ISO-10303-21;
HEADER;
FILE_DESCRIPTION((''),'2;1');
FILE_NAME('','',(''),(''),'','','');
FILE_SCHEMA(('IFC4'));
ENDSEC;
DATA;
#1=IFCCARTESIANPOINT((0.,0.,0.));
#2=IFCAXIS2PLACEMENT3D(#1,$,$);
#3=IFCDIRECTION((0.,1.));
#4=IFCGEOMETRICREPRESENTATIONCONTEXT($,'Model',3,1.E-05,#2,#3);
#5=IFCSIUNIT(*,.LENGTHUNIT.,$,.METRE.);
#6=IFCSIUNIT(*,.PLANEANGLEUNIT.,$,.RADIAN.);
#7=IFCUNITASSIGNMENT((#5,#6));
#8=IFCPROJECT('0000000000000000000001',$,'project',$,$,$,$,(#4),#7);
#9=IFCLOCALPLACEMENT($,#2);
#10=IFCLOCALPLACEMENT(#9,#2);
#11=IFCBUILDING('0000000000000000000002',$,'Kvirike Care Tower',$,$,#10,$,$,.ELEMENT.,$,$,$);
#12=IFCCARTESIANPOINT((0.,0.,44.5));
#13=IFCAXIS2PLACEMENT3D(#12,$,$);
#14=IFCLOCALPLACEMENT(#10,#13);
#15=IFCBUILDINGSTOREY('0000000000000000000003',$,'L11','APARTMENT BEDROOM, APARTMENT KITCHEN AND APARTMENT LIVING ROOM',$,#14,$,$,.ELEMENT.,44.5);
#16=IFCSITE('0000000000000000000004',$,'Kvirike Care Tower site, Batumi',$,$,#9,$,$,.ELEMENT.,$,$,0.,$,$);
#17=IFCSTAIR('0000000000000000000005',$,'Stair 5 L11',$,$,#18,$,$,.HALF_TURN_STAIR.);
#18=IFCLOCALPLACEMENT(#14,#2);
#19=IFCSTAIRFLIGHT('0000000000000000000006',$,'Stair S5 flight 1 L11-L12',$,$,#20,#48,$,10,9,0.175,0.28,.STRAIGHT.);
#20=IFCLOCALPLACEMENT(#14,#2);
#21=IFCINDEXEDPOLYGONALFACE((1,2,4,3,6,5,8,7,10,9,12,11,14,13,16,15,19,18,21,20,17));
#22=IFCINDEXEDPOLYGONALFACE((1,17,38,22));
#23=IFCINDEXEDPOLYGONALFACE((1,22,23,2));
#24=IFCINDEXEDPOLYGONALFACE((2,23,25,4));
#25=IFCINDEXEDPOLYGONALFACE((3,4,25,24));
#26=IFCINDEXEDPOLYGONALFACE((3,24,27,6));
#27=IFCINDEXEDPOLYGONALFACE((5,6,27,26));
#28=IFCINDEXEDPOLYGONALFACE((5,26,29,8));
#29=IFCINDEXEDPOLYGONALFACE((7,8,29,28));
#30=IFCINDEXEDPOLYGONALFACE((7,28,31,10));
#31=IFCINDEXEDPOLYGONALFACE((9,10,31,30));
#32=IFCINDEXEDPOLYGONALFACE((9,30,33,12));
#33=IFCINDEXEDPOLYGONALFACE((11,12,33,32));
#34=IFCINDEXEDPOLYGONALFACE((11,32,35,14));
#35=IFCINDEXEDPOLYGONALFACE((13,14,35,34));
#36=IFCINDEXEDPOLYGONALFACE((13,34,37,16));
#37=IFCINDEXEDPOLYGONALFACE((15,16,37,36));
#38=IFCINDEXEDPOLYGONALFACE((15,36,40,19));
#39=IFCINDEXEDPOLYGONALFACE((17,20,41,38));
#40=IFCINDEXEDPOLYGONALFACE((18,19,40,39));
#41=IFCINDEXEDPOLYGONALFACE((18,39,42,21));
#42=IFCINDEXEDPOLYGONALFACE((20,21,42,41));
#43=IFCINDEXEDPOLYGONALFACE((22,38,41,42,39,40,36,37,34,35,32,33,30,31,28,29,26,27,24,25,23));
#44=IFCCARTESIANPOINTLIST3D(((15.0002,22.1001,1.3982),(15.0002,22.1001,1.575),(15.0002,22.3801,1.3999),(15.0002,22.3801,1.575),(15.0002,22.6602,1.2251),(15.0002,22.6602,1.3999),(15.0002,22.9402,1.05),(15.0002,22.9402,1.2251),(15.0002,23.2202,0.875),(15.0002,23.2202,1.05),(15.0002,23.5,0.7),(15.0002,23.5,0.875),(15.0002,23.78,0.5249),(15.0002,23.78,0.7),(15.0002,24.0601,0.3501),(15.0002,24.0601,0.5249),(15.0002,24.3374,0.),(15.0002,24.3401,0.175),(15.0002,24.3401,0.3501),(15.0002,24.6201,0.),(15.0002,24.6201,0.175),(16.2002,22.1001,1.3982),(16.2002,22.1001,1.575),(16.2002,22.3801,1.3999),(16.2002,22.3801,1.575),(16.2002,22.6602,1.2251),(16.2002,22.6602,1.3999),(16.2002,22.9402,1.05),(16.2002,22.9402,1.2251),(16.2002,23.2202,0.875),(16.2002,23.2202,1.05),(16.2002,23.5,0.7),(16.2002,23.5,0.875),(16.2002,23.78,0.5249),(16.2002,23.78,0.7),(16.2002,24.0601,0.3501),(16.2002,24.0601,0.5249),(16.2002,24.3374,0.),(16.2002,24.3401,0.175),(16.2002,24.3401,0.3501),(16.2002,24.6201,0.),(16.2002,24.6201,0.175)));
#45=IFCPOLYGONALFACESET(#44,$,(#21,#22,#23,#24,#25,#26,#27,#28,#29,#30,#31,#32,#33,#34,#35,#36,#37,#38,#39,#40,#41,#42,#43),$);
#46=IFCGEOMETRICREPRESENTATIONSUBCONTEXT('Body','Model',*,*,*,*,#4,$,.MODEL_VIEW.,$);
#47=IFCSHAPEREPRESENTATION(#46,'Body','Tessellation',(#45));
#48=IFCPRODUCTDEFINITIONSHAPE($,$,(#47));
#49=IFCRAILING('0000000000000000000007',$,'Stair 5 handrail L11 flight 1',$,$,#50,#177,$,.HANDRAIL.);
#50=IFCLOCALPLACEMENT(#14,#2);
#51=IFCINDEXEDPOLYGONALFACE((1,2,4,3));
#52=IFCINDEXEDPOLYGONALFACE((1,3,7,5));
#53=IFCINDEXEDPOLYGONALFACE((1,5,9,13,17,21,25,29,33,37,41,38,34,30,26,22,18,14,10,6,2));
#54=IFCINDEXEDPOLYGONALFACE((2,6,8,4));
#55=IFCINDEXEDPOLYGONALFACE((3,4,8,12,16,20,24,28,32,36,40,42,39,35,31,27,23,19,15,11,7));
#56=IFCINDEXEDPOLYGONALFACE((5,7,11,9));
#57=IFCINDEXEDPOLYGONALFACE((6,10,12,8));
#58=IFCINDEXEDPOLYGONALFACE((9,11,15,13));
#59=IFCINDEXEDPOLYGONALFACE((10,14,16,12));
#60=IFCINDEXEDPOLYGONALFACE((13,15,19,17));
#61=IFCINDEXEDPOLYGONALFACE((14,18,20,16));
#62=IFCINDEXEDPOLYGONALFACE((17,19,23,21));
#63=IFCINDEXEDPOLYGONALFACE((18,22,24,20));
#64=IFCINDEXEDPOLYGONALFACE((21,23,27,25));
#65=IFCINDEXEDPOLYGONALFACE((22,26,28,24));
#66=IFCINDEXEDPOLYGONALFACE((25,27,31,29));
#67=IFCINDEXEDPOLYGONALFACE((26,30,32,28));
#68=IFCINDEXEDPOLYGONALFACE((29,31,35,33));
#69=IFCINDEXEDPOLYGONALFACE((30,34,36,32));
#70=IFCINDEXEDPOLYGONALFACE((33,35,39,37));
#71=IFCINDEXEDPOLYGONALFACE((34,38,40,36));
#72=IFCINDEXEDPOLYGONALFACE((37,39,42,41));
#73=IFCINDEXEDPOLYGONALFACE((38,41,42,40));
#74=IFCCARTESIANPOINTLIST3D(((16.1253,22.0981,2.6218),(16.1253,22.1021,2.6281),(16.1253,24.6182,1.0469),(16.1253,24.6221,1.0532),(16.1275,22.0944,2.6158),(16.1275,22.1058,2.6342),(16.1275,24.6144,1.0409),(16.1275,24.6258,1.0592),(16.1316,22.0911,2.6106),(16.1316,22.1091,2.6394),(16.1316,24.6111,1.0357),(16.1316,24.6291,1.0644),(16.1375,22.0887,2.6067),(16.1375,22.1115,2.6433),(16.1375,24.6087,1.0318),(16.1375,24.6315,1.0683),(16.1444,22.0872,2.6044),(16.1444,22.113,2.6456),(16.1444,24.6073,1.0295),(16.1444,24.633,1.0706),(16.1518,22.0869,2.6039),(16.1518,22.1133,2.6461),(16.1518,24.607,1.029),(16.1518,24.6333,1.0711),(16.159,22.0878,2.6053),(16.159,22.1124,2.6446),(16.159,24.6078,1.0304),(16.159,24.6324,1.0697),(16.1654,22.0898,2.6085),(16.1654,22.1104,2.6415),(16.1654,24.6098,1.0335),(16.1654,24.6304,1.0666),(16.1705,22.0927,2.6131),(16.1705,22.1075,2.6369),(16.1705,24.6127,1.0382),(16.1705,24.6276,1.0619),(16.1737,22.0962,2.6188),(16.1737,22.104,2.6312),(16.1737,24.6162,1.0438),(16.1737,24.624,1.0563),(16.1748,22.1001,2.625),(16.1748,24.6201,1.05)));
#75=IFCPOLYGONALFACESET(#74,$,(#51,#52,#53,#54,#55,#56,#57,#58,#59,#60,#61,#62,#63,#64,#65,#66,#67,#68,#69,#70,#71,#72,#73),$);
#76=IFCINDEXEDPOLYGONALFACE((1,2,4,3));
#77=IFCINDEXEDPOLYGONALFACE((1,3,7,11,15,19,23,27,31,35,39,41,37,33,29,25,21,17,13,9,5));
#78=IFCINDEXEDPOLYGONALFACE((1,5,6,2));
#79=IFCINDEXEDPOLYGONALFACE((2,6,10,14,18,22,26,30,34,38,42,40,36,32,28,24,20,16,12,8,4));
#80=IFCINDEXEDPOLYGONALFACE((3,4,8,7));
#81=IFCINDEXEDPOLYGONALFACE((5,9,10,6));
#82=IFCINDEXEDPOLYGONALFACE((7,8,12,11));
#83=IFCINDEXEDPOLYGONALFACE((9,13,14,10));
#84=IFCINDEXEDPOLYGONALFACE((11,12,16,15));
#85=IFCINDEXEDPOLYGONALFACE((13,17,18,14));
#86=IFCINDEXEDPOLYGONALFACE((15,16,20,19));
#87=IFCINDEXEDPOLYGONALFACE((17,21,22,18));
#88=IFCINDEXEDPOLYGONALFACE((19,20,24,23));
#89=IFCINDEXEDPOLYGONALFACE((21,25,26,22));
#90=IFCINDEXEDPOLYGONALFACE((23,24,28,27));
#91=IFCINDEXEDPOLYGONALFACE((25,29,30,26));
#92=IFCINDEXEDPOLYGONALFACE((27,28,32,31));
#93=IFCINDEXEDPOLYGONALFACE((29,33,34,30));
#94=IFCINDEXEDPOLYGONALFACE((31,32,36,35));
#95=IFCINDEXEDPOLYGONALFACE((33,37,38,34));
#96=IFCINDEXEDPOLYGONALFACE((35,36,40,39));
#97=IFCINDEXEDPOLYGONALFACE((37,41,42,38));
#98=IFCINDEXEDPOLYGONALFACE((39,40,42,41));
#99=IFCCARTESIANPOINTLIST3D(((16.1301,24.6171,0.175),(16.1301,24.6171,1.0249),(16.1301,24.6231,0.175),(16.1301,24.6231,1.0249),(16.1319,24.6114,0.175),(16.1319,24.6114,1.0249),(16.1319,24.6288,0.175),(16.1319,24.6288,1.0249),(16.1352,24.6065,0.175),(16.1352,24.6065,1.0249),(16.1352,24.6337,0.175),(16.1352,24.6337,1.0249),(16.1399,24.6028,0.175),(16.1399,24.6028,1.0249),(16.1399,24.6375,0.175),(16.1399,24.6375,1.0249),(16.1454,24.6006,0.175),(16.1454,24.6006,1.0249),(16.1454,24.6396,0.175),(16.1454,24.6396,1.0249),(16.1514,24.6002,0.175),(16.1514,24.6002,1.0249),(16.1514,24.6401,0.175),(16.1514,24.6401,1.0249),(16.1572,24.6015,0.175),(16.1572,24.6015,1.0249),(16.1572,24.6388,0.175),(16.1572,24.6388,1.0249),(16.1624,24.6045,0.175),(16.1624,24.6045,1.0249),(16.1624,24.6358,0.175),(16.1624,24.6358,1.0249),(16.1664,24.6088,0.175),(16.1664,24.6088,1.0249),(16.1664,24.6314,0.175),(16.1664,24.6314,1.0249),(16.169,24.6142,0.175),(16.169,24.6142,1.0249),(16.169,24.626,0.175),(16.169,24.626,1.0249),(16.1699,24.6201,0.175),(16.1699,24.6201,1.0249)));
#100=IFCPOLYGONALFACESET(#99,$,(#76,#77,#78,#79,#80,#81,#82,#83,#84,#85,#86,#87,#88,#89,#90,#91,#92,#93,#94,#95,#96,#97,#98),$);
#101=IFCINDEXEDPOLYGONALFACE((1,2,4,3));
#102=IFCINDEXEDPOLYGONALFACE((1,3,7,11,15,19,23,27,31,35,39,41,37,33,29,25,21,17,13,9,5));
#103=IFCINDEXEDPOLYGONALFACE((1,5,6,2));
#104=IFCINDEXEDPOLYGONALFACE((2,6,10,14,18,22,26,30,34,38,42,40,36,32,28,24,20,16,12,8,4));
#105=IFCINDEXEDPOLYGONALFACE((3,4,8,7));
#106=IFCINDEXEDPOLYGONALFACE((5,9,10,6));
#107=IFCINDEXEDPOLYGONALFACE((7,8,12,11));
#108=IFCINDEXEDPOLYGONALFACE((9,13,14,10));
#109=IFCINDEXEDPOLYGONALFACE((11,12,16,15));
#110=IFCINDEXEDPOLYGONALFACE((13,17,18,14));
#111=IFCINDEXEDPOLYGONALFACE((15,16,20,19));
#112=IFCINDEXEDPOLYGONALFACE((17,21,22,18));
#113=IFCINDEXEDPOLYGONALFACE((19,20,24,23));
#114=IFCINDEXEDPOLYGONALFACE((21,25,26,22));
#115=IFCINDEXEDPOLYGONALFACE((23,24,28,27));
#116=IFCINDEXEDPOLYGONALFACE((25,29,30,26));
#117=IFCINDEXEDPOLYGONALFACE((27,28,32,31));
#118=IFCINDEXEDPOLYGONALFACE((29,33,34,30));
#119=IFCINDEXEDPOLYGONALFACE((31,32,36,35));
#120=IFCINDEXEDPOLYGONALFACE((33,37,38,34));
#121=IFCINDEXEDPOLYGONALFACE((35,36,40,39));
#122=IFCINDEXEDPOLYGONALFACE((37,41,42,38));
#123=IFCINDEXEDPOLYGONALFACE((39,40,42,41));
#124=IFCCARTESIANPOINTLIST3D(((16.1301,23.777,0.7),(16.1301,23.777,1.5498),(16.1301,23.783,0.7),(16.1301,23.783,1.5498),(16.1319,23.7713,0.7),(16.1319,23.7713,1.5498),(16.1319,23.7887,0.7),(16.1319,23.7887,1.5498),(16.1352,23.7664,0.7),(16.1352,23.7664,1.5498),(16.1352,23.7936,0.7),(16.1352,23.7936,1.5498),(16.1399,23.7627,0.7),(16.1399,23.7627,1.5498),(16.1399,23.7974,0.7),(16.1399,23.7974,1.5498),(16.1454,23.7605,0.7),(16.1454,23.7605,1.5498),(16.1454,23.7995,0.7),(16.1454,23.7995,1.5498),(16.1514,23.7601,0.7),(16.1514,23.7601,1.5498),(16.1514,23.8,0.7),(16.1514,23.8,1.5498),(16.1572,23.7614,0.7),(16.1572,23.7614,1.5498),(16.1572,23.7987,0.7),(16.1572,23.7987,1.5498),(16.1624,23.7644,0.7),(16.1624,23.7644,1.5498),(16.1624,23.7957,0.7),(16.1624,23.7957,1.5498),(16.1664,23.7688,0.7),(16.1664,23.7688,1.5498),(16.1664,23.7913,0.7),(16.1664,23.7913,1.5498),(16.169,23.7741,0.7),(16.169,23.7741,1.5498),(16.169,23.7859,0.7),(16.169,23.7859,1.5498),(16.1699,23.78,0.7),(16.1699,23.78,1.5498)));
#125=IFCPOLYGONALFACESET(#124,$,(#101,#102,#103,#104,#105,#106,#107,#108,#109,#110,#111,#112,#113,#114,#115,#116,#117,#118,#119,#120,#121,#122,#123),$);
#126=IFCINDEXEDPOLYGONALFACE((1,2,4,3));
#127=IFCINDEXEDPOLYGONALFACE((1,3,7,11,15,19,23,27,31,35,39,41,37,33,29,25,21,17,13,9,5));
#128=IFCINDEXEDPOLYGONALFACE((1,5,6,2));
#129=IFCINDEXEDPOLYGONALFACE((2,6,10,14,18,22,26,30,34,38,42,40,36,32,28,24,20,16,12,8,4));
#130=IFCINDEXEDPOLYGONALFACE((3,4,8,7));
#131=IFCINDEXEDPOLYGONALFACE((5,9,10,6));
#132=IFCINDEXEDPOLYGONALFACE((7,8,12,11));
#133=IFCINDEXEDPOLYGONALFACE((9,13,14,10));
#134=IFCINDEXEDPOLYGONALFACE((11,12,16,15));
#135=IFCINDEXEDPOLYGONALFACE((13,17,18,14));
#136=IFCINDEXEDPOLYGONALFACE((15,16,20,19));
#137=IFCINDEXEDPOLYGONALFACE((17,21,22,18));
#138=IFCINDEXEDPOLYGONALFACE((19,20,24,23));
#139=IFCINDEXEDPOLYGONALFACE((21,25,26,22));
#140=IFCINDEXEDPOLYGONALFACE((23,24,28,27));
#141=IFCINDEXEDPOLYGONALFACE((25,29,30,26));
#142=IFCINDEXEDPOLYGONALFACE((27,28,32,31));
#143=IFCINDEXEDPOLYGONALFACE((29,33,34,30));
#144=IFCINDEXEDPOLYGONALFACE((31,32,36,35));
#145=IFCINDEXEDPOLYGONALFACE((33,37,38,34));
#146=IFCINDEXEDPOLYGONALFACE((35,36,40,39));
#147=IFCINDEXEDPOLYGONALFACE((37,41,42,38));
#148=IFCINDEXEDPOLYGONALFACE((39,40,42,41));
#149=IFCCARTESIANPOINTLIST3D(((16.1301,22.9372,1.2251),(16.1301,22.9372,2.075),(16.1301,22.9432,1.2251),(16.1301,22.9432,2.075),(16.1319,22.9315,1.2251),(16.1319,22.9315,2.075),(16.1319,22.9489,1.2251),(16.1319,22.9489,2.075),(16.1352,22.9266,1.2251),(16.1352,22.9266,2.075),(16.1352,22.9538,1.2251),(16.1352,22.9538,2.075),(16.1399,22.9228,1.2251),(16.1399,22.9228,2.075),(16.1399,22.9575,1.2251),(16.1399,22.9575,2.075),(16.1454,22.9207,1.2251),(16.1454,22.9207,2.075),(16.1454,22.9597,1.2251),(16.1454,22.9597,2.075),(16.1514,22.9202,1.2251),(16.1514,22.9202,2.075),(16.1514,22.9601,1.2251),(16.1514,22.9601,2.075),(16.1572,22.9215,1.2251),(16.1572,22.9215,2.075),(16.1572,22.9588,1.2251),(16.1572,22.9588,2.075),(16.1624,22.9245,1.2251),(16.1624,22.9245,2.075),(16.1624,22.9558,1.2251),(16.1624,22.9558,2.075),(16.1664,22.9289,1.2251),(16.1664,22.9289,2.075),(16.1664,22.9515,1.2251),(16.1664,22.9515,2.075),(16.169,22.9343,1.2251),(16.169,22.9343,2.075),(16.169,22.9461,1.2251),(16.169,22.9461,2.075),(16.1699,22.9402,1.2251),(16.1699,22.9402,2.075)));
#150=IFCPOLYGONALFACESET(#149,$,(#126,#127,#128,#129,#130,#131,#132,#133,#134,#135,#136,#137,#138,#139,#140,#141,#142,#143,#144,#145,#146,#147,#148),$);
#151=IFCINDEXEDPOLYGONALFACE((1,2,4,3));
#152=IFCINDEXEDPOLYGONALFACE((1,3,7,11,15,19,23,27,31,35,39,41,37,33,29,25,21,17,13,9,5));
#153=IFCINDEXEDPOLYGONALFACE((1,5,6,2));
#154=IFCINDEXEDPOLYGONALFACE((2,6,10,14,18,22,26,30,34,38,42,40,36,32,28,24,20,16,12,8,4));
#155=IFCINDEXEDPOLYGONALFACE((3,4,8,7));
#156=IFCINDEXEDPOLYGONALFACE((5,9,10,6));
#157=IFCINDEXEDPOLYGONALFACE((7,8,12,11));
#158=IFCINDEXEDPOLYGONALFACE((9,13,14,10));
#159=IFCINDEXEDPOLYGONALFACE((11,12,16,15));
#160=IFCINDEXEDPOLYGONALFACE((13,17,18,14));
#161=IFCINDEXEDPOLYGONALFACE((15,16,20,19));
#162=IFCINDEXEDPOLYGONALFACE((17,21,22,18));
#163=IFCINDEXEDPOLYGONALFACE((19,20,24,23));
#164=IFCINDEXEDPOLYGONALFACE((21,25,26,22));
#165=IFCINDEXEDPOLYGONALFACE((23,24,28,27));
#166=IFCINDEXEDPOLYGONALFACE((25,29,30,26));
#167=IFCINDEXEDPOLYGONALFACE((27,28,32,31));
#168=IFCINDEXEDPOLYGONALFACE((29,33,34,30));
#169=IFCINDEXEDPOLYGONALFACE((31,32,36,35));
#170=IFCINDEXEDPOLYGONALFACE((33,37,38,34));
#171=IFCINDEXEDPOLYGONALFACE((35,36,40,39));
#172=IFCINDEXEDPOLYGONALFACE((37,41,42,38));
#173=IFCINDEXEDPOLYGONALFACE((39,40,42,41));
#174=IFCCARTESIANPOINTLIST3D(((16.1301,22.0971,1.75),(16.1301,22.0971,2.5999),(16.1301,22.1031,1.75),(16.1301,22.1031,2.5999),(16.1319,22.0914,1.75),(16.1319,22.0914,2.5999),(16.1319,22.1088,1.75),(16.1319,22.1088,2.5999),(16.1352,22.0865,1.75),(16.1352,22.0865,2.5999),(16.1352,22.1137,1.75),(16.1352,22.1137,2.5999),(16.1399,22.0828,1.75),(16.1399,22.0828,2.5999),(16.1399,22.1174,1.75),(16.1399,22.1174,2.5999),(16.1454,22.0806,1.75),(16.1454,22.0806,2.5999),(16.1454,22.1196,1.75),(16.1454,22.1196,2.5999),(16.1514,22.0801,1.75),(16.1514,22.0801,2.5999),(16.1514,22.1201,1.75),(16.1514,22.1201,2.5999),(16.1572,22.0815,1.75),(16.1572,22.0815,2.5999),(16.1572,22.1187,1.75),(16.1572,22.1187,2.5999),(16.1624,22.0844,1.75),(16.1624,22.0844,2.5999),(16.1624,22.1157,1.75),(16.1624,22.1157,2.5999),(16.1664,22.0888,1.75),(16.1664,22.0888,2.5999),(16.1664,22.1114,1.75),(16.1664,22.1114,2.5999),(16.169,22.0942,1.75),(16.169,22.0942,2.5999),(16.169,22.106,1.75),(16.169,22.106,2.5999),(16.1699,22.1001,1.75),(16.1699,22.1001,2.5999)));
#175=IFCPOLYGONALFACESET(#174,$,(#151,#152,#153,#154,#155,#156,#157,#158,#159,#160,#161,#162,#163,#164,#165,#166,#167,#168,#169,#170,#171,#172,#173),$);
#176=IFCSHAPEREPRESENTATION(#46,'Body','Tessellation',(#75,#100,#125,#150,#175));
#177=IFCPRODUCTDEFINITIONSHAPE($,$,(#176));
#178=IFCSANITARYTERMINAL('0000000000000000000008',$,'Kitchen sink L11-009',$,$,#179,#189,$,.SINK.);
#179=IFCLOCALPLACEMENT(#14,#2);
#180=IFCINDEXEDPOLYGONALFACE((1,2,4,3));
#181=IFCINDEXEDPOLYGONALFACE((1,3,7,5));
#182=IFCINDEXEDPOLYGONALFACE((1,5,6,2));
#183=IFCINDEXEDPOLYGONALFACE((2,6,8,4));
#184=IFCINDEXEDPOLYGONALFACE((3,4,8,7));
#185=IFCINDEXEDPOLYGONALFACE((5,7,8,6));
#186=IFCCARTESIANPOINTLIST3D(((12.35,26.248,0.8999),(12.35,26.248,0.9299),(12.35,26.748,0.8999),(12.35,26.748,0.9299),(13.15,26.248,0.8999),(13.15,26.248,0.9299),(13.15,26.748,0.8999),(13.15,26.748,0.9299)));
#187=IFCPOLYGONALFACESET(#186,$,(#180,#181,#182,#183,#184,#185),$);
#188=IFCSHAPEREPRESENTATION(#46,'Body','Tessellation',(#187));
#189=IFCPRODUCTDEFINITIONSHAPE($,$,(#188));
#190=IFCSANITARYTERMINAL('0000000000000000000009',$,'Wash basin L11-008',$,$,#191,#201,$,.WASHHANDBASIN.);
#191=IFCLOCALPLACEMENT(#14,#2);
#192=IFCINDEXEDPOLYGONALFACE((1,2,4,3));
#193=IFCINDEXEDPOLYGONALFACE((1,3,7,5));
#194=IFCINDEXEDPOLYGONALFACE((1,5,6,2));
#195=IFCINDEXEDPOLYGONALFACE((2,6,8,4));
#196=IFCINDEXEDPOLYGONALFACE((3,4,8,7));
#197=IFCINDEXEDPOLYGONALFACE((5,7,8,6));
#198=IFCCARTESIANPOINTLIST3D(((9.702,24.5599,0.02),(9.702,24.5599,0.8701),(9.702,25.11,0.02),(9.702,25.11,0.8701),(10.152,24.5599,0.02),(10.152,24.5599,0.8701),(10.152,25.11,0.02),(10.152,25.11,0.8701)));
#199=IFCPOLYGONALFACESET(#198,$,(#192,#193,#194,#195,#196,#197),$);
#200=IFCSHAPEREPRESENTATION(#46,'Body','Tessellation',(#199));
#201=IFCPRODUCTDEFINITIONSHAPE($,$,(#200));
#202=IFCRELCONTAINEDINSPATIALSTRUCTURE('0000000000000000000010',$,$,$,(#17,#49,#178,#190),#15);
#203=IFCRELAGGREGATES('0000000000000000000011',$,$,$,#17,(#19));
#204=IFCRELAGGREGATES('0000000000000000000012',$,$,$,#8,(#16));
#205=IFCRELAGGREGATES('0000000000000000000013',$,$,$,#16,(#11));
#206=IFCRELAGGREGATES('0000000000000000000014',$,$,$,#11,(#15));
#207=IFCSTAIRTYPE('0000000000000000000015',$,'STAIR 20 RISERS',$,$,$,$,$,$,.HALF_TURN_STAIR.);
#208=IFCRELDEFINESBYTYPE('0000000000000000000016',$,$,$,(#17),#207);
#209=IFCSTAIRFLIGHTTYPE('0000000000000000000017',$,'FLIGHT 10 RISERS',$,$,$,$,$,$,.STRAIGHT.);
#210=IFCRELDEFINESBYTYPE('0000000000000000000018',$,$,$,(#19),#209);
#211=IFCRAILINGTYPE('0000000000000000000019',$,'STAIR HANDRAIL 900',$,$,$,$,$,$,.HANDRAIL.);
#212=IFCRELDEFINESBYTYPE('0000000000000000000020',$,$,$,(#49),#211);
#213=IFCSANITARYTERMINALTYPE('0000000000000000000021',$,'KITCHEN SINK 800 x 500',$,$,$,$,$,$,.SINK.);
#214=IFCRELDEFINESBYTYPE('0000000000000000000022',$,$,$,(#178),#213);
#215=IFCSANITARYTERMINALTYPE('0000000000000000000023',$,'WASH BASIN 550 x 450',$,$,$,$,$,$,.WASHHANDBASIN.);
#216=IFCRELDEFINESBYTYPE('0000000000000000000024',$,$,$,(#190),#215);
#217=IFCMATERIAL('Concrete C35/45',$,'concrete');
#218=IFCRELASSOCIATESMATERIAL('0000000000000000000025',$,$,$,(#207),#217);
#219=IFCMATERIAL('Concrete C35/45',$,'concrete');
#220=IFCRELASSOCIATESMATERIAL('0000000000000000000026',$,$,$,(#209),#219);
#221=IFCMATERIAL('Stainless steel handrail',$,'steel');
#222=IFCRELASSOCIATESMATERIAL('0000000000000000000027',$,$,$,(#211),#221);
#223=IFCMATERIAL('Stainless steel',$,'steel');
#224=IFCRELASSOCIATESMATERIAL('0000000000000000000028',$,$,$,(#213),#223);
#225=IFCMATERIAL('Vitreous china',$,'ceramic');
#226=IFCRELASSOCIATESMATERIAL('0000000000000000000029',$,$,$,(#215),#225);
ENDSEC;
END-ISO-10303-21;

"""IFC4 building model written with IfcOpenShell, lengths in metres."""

from ifc_helpers import new_model, si_unit, direction, frame, origin, origin_2d, place, context, subcontext, project, spatial, polyline, rectangle, circle, outline, extrude, material, type_object, element, aggregate, save


model = new_model("IFC4")

# Units and contexts
model_context = context("Model", 3, precision=1e-05, world=origin(), true_north=direction((0.0, 1.0)))
body_context = subcontext(model_context, "Body", "Model", "MODEL_VIEW")
ifc_project = project(units=[si_unit("LENGTHUNIT", "METRE"), si_unit("PLANEANGLEUNIT", "RADIAN")], contexts=[model_context])

# Site, building, storey
site_placement = place(None, origin())
site = spatial("IfcSite", under=ifc_project, at=site_placement, Name="Kvirike Care Tower site, Batumi", CompositionType="ELEMENT", RefElevation=0.0)
building_placement = place(site_placement, origin())
building = spatial("IfcBuilding", under=site, at=building_placement, Name="Kvirike Care Tower", CompositionType="ELEMENT")
storey_placement = place(building_placement, frame((0.0, 0.0, 44.5)))
storey = spatial("IfcBuildingStorey", under=building, at=storey_placement, Name="L11", Description="APARTMENT BEDROOM, APARTMENT KITCHEN AND APARTMENT LIVING ROOM", CompositionType="ELEMENT", Elevation=44.5)

# Stair, stair flight
ifc_material_1 = material(Name="Concrete C35/45", Category="concrete")
stair_type = type_object("IfcStairType", Name="STAIR 20 RISERS", PredefinedType="HALF_TURN_STAIR", material=ifc_material_1)
stair_placement = place(storey_placement, origin())
stair = element("IfcStair", 1, at=stair_placement, inside=storey, type_object=stair_type, Name="Stair 5 L11", PredefinedType="HALF_TURN_STAIR")
ifc_material_2 = material(Name="Concrete C35/45", Category="concrete")
stair_flight_type = type_object("IfcStairFlightType", Name="FLIGHT 10 RISERS", PredefinedType="STRAIGHT", material=ifc_material_2)
stair_flight_placement = place(storey_placement, frame((15.6001, 24.6201, 0.0), z_axis=(0.0, 0.0, 1.0), x_axis=(0.0, -1.0, 0.0)))
stair_flight = element("IfcStairFlight", 2, at=stair_flight_placement, type_object=stair_flight_type, Name="Stair S5 flight 1 L11-L12", NumberOfRisers=10, NumberOfTreads=9, PredefinedType="STRAIGHT", RiserHeight=0.175, TreadLength=0.28, context=body_context, shape_type="SweptSolid", body=[
    extrude(outline(polyline([(0.0, 0.0), (0.0, 0.175), (0.28, 0.175), (0.28, 0.3501), (0.5601, 0.3501), (0.5601, 0.5249), (0.8401, 0.5249), (0.8401, 0.7), (1.1201, 0.7), (1.1201, 0.875), (1.3999, 0.875), (1.3999, 1.05), (1.6799, 1.05), (1.6799, 1.2251), (1.96, 1.2251), (1.96, 1.3999), (2.24, 1.3999), (2.24, 1.575), (2.52, 1.575), (2.52, 1.75), (2.52, 1.3982), (0.2827, 0.0), (0.0, 0.0)])), frame((0.0, 0.6001, 0.0), z_axis=(0.0, -1.0, 0.0), x_axis=(1.0, 0.0, 0.0)), (0.0, 0.0, 1.0), 1.2),
])
aggregate(stair, [stair_flight])

# Railing
ifc_material_3 = material(Name="Stainless steel handrail", Category="steel")
railing_type = type_object("IfcRailingType", Name="STAIR HANDRAIL 900", PredefinedType="HANDRAIL", material=ifc_material_3)
railing_placement = place(storey_placement, frame((16.1499, 24.6201, 0.175)))
element("IfcRailing", 3, at=railing_placement, inside=storey, type_object=railing_type, Name="Stair 5 handrail L11 flight 1", PredefinedType="HANDRAIL", context=body_context, shape_type="SweptSolid", body=[
    extrude(circle(Radius=0.0249, at=origin_2d()), frame((0.0, 0.0, 0.875), z_axis=(0.0, -0.848008, 0.529984), x_axis=(1.0, 0.0, 0.0)), (0.0, 0.0, 1.0), 2.9717),
    extrude(circle(Radius=0.02, at=origin_2d()), origin(), (0.0, 0.0, 1.0), 0.8499),
    extrude(circle(Radius=0.02, at=origin_2d()), frame((0.0, -0.8401, 0.5249)), (0.0, 0.0, 1.0), 0.8499),
    extrude(circle(Radius=0.02, at=origin_2d()), frame((0.0, -1.6799, 1.05)), (0.0, 0.0, 1.0), 0.8499),
    extrude(circle(Radius=0.02, at=origin_2d()), frame((0.0, -2.52, 1.575)), (0.0, 0.0, 1.0), 0.8499),
])

# Sanitary terminals
ifc_material_4 = material(Name="Stainless steel", Category="steel")
sanitary_terminal_type_1 = type_object("IfcSanitaryTerminalType", Name="KITCHEN SINK 800 x 500", PredefinedType="SINK", material=ifc_material_4)
sanitary_terminal_1_placement = place(storey_placement, frame((12.75, 26.498, 0.8999), z_axis=(0.0, 0.0, 1.0), x_axis=(1.0, 0.0, 0.0)))
element("IfcSanitaryTerminal", 4, at=sanitary_terminal_1_placement, inside=storey, type_object=sanitary_terminal_type_1, Name="Kitchen sink L11-009", PredefinedType="SINK", context=body_context, shape_type="SweptSolid", body=[
    extrude(rectangle(XDim=0.8, YDim=0.5, at=origin_2d()), origin(), (0.0, 0.0, 1.0), 0.03),
])
ifc_material_5 = material(Name="Vitreous china", Category="ceramic")
sanitary_terminal_type_2 = type_object("IfcSanitaryTerminalType", Name="WASH BASIN 550 x 450", PredefinedType="WASHHANDBASIN", material=ifc_material_5)
for number, where, z_axis, x_axis, name in (
    (5, (9.927, 24.835, 0.02), (0.0, 0.0, 1.0), (0.0, 1.0, 0.0), "Wash basin L11-008"),
):
    element("IfcSanitaryTerminal", number, at=place(storey_placement, frame(where, z_axis=z_axis, x_axis=x_axis)), inside=storey, type_object=sanitary_terminal_type_2, Name=name, PredefinedType="WASHHANDBASIN", context=body_context, shape_type="SweptSolid", body=[
        extrude(rectangle(XDim=0.55, YDim=0.45, at=origin_2d()), origin(), (0.0, 0.0, 1.0), 0.8501),
    ])

save(model, "model.ifc")
